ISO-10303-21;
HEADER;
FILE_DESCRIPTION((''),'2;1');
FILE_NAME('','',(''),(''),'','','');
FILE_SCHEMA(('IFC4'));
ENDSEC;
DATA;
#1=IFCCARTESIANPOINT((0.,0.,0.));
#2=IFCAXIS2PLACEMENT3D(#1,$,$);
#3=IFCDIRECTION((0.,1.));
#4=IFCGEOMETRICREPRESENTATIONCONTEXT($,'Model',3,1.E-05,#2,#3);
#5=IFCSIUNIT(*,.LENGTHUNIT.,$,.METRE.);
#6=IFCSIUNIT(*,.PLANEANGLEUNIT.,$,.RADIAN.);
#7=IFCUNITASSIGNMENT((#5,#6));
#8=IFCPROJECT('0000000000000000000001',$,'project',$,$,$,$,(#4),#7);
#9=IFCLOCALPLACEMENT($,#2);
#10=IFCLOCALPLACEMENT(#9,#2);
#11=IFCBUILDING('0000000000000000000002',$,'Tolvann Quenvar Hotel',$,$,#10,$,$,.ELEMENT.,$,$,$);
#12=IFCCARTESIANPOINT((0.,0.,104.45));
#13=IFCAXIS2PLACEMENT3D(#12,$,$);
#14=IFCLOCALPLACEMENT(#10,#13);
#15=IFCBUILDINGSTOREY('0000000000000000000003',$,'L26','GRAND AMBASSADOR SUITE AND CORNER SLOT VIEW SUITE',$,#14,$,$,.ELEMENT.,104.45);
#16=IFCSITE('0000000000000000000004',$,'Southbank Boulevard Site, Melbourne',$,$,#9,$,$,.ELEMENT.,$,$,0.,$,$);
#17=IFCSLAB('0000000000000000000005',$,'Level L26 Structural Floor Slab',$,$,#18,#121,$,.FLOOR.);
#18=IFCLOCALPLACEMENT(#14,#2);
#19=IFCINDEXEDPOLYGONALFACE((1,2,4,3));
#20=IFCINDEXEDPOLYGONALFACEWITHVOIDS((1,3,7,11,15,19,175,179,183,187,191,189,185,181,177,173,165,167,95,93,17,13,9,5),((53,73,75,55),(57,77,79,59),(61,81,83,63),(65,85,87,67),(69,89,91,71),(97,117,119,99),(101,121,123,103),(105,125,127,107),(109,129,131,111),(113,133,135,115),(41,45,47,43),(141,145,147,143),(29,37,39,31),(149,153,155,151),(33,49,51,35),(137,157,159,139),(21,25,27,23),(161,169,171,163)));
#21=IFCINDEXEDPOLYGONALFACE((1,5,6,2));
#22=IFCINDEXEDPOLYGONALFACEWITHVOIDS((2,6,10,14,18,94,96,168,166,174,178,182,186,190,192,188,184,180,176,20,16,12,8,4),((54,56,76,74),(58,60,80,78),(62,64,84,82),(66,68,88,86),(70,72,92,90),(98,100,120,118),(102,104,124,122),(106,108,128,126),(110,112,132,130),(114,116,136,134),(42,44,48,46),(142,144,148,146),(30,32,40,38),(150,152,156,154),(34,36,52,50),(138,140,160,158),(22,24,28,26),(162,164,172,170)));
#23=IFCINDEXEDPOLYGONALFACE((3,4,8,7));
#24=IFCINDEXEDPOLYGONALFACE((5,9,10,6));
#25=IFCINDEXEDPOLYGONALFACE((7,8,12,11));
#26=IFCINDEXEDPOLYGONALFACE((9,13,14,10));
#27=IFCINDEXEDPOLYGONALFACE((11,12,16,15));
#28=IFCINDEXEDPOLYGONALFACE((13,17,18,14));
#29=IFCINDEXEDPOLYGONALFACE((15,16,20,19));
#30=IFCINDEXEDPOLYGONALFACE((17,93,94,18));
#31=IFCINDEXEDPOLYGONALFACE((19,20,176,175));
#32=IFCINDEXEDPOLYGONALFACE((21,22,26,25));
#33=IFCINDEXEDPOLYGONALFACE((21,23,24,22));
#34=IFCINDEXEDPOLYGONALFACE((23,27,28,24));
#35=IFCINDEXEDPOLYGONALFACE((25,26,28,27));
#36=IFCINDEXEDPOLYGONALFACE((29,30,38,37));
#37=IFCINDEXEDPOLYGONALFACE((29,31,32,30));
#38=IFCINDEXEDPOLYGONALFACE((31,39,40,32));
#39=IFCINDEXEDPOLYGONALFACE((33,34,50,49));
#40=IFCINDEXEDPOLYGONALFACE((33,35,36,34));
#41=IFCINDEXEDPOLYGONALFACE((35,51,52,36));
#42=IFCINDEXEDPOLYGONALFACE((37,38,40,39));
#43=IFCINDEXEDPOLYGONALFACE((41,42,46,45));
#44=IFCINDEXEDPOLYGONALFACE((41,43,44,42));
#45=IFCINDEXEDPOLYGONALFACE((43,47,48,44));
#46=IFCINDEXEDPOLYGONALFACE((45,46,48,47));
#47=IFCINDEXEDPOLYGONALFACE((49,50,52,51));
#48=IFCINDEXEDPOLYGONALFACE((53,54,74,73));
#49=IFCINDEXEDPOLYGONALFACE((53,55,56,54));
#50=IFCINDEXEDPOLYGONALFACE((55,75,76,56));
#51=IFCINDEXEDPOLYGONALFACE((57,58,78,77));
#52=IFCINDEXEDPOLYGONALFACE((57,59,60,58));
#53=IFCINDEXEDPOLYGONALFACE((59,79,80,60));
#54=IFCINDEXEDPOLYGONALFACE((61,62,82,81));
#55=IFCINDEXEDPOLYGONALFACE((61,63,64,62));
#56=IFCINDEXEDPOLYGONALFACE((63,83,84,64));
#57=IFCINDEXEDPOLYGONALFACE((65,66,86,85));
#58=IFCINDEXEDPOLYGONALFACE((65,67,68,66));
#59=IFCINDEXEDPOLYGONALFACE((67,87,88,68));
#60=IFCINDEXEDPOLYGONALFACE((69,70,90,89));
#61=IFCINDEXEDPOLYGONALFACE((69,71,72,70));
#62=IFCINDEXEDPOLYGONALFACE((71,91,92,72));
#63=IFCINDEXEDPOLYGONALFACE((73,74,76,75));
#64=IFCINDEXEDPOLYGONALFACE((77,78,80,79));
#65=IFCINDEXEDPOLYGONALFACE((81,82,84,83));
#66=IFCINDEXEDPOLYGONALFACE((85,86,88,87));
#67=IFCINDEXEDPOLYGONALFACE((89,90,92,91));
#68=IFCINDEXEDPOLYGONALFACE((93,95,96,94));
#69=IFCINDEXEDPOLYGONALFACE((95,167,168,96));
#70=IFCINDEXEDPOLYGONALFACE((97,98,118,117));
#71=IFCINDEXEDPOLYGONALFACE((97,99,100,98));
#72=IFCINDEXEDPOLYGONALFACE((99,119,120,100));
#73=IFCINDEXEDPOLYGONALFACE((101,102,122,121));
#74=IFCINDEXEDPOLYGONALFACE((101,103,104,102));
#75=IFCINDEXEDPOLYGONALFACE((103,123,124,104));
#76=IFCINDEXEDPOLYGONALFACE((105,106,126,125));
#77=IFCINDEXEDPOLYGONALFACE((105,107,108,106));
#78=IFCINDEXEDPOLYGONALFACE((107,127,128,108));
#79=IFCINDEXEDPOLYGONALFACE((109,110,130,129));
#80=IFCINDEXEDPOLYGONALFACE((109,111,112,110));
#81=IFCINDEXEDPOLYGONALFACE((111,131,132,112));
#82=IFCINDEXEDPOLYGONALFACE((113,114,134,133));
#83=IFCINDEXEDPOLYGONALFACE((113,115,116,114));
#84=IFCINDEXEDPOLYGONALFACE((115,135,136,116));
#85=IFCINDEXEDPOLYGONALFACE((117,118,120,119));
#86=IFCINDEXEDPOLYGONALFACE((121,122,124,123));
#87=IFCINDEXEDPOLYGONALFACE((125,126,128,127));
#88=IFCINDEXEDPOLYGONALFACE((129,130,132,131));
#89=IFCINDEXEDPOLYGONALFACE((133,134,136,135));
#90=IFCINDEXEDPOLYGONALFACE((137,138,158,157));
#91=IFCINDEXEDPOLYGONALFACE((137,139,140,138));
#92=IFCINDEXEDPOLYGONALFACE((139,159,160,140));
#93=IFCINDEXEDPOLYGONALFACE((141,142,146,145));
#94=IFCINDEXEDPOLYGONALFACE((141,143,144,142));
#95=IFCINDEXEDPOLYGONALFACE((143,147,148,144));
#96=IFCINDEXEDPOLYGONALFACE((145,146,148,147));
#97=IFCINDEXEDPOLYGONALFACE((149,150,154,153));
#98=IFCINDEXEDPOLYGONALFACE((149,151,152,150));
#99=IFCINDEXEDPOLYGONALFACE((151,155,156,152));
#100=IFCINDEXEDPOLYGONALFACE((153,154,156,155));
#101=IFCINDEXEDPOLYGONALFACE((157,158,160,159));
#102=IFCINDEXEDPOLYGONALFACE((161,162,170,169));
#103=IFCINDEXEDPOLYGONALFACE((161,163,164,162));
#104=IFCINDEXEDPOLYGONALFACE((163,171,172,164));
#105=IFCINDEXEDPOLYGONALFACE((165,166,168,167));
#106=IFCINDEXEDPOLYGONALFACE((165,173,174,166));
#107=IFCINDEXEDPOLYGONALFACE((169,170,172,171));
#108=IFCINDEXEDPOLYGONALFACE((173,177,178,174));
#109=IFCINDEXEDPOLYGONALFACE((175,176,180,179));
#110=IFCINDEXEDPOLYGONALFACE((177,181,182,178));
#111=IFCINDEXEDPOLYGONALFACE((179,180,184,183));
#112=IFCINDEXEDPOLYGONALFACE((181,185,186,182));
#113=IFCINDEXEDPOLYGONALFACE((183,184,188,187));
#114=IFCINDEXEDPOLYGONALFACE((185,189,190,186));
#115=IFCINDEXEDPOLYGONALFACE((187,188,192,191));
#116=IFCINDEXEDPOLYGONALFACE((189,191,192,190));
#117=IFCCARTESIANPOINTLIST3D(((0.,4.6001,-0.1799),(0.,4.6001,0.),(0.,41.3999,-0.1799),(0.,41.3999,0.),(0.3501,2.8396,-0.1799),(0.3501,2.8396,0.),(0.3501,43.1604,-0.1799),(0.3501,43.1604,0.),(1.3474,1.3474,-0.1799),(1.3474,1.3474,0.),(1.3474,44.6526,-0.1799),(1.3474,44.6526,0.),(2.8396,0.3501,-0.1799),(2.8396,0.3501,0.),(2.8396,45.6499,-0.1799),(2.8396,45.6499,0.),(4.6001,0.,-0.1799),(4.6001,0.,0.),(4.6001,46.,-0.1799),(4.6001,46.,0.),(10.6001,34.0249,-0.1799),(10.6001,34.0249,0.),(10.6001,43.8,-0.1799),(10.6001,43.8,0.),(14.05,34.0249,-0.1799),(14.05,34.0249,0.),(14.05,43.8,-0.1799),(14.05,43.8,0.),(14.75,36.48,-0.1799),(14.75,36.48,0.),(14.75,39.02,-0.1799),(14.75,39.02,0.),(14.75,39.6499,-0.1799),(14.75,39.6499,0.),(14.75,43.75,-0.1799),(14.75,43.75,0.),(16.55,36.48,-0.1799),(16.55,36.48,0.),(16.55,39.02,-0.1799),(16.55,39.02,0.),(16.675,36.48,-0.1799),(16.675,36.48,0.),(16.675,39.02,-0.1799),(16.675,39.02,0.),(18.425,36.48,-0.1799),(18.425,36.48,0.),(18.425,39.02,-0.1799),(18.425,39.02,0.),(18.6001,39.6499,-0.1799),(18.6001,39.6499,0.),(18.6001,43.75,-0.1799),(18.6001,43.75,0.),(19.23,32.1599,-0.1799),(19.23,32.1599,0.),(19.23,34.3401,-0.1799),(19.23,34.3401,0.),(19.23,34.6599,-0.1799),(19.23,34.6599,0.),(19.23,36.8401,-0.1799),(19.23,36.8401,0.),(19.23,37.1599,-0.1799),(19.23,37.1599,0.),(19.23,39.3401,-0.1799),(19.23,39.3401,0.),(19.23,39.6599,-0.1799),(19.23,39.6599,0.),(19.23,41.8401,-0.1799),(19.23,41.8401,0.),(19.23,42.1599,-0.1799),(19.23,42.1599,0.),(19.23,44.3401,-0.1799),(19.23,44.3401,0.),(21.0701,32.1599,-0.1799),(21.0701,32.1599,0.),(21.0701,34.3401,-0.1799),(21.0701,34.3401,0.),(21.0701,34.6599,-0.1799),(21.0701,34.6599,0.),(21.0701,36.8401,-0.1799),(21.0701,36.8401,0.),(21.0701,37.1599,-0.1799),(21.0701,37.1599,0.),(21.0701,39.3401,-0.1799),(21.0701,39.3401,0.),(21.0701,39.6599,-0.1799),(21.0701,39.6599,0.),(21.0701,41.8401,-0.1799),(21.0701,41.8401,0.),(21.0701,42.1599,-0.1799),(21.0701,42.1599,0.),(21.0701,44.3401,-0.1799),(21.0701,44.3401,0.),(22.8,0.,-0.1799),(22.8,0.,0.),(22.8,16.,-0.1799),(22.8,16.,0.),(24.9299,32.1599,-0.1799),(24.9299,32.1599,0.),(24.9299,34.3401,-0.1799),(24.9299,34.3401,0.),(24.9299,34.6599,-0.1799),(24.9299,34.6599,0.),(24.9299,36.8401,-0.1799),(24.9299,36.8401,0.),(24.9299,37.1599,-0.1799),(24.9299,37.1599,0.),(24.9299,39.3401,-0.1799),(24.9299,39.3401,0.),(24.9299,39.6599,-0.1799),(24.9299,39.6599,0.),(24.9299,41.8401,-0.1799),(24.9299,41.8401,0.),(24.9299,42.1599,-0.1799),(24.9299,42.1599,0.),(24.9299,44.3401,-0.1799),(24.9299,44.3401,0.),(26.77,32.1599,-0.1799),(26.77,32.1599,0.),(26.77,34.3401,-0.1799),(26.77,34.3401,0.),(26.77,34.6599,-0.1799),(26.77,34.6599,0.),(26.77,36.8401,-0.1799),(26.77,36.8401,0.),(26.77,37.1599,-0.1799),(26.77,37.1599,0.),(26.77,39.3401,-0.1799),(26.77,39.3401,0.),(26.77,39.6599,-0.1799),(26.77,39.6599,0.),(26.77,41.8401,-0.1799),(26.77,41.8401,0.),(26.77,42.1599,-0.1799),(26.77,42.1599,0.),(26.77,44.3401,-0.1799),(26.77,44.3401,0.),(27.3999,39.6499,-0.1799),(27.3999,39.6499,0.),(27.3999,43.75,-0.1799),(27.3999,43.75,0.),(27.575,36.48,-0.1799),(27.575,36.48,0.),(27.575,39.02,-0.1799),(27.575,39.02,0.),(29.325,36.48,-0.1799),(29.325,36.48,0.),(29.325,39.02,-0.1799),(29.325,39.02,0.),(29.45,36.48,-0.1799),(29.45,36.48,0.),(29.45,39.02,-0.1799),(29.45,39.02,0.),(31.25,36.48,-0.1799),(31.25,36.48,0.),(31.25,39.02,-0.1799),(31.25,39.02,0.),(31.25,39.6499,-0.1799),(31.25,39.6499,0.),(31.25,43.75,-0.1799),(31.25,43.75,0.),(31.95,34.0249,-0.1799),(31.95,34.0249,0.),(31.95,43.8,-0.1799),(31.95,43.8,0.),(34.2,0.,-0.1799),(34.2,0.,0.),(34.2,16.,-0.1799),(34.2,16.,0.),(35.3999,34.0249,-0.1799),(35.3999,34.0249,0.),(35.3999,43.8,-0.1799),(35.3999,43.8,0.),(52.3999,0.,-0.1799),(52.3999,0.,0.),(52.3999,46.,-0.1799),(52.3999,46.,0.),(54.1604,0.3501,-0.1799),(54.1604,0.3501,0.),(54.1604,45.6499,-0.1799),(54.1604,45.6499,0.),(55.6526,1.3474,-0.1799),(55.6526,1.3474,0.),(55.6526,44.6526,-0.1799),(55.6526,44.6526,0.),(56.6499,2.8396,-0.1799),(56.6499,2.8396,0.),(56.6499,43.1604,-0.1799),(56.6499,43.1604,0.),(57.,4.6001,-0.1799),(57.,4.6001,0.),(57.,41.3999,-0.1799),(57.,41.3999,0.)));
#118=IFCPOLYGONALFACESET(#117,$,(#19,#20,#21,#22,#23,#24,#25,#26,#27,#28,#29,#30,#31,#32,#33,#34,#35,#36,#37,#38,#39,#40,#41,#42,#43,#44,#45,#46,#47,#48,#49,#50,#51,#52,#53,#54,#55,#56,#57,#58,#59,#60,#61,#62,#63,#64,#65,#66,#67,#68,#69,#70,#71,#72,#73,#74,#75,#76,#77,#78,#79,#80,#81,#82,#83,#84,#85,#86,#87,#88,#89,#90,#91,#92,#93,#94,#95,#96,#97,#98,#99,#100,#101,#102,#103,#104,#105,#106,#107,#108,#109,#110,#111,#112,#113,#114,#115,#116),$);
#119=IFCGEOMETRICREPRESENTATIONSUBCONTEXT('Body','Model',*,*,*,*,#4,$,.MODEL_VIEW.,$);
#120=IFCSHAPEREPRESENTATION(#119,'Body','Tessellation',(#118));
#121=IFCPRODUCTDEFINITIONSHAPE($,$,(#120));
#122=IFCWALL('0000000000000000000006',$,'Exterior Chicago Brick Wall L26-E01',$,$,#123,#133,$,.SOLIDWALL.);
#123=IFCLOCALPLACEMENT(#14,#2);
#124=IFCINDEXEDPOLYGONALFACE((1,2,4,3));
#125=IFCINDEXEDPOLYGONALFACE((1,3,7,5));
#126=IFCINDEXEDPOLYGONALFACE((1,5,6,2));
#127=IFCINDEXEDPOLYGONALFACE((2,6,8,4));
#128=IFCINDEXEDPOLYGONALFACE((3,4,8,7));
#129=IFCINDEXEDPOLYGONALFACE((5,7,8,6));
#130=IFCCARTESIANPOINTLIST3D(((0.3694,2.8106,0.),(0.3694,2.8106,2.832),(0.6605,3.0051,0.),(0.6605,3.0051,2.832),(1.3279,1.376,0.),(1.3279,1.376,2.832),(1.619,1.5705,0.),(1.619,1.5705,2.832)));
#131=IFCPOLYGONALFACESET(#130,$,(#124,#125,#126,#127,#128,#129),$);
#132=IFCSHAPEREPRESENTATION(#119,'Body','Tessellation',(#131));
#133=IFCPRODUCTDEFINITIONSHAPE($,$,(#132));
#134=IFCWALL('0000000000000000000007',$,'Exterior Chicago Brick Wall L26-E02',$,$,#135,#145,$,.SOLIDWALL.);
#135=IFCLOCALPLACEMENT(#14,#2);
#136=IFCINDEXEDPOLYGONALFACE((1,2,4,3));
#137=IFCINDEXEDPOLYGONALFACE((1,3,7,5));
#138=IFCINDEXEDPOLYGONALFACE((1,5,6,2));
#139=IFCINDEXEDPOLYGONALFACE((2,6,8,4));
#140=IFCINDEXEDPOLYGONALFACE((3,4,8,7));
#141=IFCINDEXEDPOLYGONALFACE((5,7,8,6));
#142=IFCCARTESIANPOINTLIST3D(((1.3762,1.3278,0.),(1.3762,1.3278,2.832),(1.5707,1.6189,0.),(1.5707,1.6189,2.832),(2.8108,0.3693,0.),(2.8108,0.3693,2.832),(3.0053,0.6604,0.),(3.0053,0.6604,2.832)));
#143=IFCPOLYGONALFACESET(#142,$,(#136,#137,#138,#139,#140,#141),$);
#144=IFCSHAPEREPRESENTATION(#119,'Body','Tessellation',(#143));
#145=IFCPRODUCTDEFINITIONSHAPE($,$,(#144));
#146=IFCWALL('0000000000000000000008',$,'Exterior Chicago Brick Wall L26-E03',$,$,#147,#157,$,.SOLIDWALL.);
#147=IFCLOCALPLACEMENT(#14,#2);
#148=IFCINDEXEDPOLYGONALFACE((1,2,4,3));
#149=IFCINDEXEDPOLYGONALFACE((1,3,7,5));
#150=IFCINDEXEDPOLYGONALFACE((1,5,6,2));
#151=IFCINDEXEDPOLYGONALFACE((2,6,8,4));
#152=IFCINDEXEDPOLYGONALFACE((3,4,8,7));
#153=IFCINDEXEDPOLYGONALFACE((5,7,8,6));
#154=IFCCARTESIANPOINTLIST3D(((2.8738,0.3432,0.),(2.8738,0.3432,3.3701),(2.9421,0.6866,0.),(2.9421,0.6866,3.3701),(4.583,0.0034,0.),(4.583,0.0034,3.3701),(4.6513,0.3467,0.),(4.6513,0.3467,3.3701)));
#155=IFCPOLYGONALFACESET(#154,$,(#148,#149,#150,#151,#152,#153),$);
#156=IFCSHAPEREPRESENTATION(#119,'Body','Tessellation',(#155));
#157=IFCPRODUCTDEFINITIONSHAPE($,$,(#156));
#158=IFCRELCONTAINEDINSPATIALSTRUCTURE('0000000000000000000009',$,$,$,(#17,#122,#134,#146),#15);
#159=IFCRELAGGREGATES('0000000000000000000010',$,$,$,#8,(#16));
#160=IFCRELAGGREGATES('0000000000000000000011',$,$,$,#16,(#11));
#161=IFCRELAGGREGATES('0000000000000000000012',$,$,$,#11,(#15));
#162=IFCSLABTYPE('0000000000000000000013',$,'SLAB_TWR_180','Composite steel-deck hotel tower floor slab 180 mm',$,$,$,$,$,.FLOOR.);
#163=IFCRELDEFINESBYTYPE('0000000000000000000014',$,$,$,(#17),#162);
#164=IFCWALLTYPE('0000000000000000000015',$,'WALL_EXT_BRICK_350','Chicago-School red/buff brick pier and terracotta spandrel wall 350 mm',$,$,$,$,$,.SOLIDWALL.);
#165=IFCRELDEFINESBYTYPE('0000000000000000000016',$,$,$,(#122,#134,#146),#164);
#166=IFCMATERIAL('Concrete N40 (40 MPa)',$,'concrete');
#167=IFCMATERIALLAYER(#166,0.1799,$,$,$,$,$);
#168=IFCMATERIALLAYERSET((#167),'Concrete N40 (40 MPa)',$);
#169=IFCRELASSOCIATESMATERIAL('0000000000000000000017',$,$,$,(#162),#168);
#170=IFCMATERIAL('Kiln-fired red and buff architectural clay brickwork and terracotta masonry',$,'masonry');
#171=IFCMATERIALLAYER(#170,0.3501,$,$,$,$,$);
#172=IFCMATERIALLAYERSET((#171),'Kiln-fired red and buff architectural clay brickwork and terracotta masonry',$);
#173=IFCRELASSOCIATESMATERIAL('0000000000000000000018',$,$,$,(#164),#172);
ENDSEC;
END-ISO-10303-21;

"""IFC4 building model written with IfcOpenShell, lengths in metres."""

from ifc_helpers import new_model, si_unit, direction, frame, frame_2d, origin, place, context, subcontext, project, spatial, polyline, rectangle, outline, extrude, material, layer, layer_set, type_object, element, save


model = new_model("IFC4")

# Units and contexts
model_context = context("Model", 3, precision=1e-05, world=origin(), true_north=direction((0.0, 1.0)))
body_context = subcontext(model_context, "Body", "Model", "MODEL_VIEW")
ifc_project = project(units=[si_unit("LENGTHUNIT", "METRE"), si_unit("PLANEANGLEUNIT", "RADIAN")], contexts=[model_context])

# Site, building, storey
site_placement = place(None, origin())
site = spatial("IfcSite", under=ifc_project, at=site_placement, Name="Southbank Boulevard Site, Melbourne", CompositionType="ELEMENT", RefElevation=0.0)
building_placement = place(site_placement, origin())
building = spatial("IfcBuilding", under=site, at=building_placement, Name="Tolvann Quenvar Hotel", CompositionType="ELEMENT")
storey_placement = place(building_placement, frame((0.0, 0.0, 104.45)))
storey = spatial("IfcBuildingStorey", under=building, at=storey_placement, Name="L26", Description="GRAND AMBASSADOR SUITE AND CORNER SLOT VIEW SUITE", CompositionType="ELEMENT", Elevation=104.45)

# Shared definitions
ifc_material_1 = material(Name="Concrete N40 (40 MPa)", Category="concrete")

# Slab
ifc_layer_1 = layer(ifc_material_1, 0.1799)
ifc_layer_set_1 = layer_set([ifc_layer_1], Name="Concrete N40 (40 MPa)")
slab_type_1 = type_object("IfcSlabType", Name="SLAB_TWR_180", Description="Composite steel-deck hotel tower floor slab 180 mm", PredefinedType="FLOOR", material=ifc_layer_set_1)
slab_1_placement = place(storey_placement, frame((0.0, 0.0, -0.1799)))
element("IfcSlab", 1, at=slab_1_placement, inside=storey, type_object=slab_type_1, Name="Level L26 Structural Floor Slab", PredefinedType="FLOOR", context=body_context, shape_type="SweptSolid", body=[
    extrude(outline(polyline([(0.0, 4.6001), (0.3501, 2.8396), (1.3474, 1.3474), (2.8396, 0.3501), (4.6001, 0.0), (22.8, 0.0), (22.8, 16.0), (34.2, 16.0), (34.2, 0.0), (52.3999, 0.0), (54.1604, 0.3501), (55.6526, 1.3474), (56.6499, 2.8396), (57.0, 4.6001), (57.0, 41.3999), (56.6499, 43.1604), (55.6526, 44.6526), (54.1604, 45.6499), (52.3999, 46.0), (4.6001, 46.0), (2.8396, 45.6499), (1.3474, 44.6526), (0.3501, 43.1604), (0.0, 41.3999), (0.0, 4.6001)]), holes=[polyline([(31.95, 34.0249), (31.95, 43.8), (35.3999, 43.8), (35.3999, 34.0249), (31.95, 34.0249)]), polyline([(29.45, 39.02), (31.25, 39.02), (31.25, 36.48), (29.45, 36.48), (29.45, 39.02)]), polyline([(31.25, 43.75), (31.25, 39.6499), (27.3999, 39.6499), (27.3999, 43.75), (31.25, 43.75)]), polyline([(27.575, 39.02), (29.325, 39.02), (29.325, 36.48), (27.575, 36.48), (27.575, 39.02)]), polyline([(26.77, 44.3401), (26.77, 42.1599), (24.9299, 42.1599), (24.9299, 44.3401), (26.77, 44.3401)]), polyline([(24.9299, 41.8401), (26.77, 41.8401), (26.77, 39.6599), (24.9299, 39.6599), (24.9299, 41.8401)]), polyline([(24.9299, 39.3401), (26.77, 39.3401), (26.77, 37.1599), (24.9299, 37.1599), (24.9299, 39.3401)]), polyline([(24.9299, 36.8401), (26.77, 36.8401), (26.77, 34.6599), (24.9299, 34.6599), (24.9299, 36.8401)]), polyline([(24.9299, 34.3401), (26.77, 34.3401), (26.77, 32.1599), (24.9299, 32.1599), (24.9299, 34.3401)]), polyline([(21.0701, 44.3401), (21.0701, 42.1599), (19.23, 42.1599), (19.23, 44.3401), (21.0701, 44.3401)]), polyline([(19.23, 41.8401), (21.0701, 41.8401), (21.0701, 39.6599), (19.23, 39.6599), (19.23, 41.8401)]), polyline([(19.23, 39.3401), (21.0701, 39.3401), (21.0701, 37.1599), (19.23, 37.1599), (19.23, 39.3401)]), polyline([(19.23, 36.8401), (21.0701, 36.8401), (21.0701, 34.6599), (19.23, 34.6599), (19.23, 36.8401)]), polyline([(19.23, 34.3401), (21.0701, 34.3401), (21.0701, 32.1599), (19.23, 32.1599), (19.23, 34.3401)]), polyline([(18.6001, 43.75), (18.6001, 39.6499), (14.75, 39.6499), (14.75, 43.75), (18.6001, 43.75)]), polyline([(16.675, 39.02), (18.425, 39.02), (18.425, 36.48), (16.675, 36.48), (16.675, 39.02)]), polyline([(14.75, 39.02), (16.55, 39.02), (16.55, 36.48), (14.75, 36.48), (14.75, 39.02)]), polyline([(10.6001, 34.0249), (10.6001, 43.8), (14.05, 43.8), (14.05, 34.0249), (10.6001, 34.0249)])]), origin(), (0.0, 0.0, 1.0), 0.1799),
])

# Walls
ifc_material_2 = material(Name="Kiln-fired red and buff architectural clay brickwork and terracotta masonry", Category="masonry")
ifc_layer_2 = layer(ifc_material_2, 0.3501)
ifc_layer_set_2 = layer_set([ifc_layer_2], Name="Kiln-fired red and buff architectural clay brickwork and terracotta masonry")
wall_type_1 = type_object("IfcWallType", Name="WALL_EXT_BRICK_350", Description="Chicago-School red/buff brick pier and terracotta spandrel wall 350 mm", PredefinedType="SOLIDWALL", material=ifc_layer_set_2)
for number, where, z_axis, x_axis, name in (
    (2, (0.5149, 2.908, 0.0), (0.0, 0.0, 1.0), (0.555549, -0.831484, 0.0), "Exterior Chicago Brick Wall L26-E01"),
    (3, (1.4734, 1.4734, 0.0), (0.0, 0.0, 1.0), (0.831484, -0.555549, 0.0), "Exterior Chicago Brick Wall L26-E02"),
):
    element("IfcWall", number, at=place(storey_placement, frame(where, z_axis=z_axis, x_axis=x_axis)), inside=storey, type_object=wall_type_1, Name=name, PredefinedType="SOLIDWALL", context=body_context, shape_type="SweptSolid", body=[
        extrude(rectangle(XDim=1.7253, YDim=0.3501, at=frame_2d((0.8628, 0.0))), origin(), (0.0, 0.0, 1.0), 2.832),
    ])
wall_1_placement = place(storey_placement, frame((2.908, 0.5149, 0.0), z_axis=(0.0, 0.0, 1.0), x_axis=(0.980801, -0.195011, 0.0)))
element("IfcWall", 4, at=wall_1_placement, inside=storey, type_object=wall_type_1, Name="Exterior Chicago Brick Wall L26-E03", PredefinedType="SOLIDWALL", context=body_context, shape_type="SweptSolid", body=[
    extrude(rectangle(XDim=1.7427, YDim=0.3501, at=frame_2d((0.8713, 0.0))), origin(), (0.0, 0.0, 1.0), 3.3701),
])

save(model, "model.ifc")
